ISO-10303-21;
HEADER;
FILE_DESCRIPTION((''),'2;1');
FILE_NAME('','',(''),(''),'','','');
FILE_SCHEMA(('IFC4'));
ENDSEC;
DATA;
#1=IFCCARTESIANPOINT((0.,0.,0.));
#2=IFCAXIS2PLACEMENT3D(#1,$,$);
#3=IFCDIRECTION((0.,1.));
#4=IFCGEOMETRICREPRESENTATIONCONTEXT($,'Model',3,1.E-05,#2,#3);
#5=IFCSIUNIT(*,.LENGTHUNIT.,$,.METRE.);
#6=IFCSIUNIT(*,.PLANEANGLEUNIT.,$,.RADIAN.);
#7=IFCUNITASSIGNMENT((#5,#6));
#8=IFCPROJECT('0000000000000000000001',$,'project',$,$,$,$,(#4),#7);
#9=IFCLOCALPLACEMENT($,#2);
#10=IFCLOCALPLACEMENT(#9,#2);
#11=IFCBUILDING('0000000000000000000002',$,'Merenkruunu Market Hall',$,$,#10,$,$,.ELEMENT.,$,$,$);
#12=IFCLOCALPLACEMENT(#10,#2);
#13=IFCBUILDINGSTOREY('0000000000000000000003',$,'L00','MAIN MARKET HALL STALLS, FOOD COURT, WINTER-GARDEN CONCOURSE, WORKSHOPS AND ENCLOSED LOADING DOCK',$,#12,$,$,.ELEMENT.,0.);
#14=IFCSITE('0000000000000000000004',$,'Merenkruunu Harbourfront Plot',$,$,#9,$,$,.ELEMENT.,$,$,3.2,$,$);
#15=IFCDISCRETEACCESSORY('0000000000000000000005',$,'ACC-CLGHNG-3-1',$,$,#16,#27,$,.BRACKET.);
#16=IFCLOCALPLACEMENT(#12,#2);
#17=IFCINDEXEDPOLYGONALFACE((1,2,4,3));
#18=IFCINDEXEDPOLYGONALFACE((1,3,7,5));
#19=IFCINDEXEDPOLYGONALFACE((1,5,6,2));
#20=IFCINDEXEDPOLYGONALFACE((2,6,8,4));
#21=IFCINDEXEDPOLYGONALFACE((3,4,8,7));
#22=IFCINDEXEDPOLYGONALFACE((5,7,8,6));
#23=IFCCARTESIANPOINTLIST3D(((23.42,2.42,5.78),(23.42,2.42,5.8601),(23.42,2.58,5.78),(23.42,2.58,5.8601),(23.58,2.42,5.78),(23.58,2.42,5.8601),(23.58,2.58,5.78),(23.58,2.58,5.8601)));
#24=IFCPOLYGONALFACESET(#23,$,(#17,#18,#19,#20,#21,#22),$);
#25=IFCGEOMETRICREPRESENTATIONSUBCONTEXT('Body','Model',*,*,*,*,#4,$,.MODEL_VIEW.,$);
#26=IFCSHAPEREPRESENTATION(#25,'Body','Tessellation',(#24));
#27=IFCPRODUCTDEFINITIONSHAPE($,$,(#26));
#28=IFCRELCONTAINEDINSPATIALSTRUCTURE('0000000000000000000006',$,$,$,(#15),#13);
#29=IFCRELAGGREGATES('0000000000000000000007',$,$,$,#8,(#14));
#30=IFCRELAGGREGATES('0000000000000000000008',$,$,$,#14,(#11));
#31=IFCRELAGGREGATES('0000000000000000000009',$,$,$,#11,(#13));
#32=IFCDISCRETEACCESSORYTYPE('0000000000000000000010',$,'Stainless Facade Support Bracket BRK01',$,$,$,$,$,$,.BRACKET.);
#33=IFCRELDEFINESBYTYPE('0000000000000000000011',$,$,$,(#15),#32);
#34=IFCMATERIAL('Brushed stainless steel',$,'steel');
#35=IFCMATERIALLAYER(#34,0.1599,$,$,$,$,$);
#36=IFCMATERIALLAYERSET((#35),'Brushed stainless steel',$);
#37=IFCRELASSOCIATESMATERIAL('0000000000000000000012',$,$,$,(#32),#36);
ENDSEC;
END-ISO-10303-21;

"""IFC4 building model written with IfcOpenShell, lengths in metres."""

from ifc_helpers import new_model, si_unit, direction, frame, origin, origin_2d, place, context, subcontext, project, spatial, rectangle, extrude, material, layer, layer_set, type_object, element, save


model = new_model("IFC4")

# Units and contexts
model_context = context("Model", 3, precision=1e-05, world=origin(), true_north=direction((0.0, 1.0)))
body_context = subcontext(model_context, "Body", "Model", "MODEL_VIEW")
ifc_project = project(units=[si_unit("LENGTHUNIT", "METRE"), si_unit("PLANEANGLEUNIT", "RADIAN")], contexts=[model_context])

# Site, building, storey
site_placement = place(None, origin())
site = spatial("IfcSite", under=ifc_project, at=site_placement, Name="Merenkruunu Harbourfront Plot", CompositionType="ELEMENT", RefElevation=3.2)
building_placement = place(site_placement, origin())
building = spatial("IfcBuilding", under=site, at=building_placement, Name="Merenkruunu Market Hall", CompositionType="ELEMENT")
storey_placement = place(building_placement, origin())
storey = spatial("IfcBuildingStorey", under=building, at=storey_placement, Name="L00", Description="MAIN MARKET HALL STALLS, FOOD COURT, WINTER-GARDEN CONCOURSE, WORKSHOPS AND ENCLOSED LOADING DOCK", CompositionType="ELEMENT", Elevation=0.0)

# Shared definitions
ifc_material_1 = material(Name="Brushed stainless steel", Category="steel")

# Discrete accessory
ifc_layer_1 = layer(ifc_material_1, 0.1599)
ifc_layer_set_1 = layer_set([ifc_layer_1], Name="Brushed stainless steel")
discrete_accessory_type = type_object("IfcDiscreteAccessoryType", Name="Stainless Facade Support Bracket BRK01", PredefinedType="BRACKET", material=ifc_layer_set_1)
discrete_accessory_1_placement = place(storey_placement, frame((23.5, 2.5, 5.78), z_axis=(0.0, 0.0, 1.0), x_axis=(1.0, 0.0, 0.0)))
element("IfcDiscreteAccessory", 1, at=discrete_accessory_1_placement, inside=storey, type_object=discrete_accessory_type, Name="ACC-CLGHNG-3-1", PredefinedType="BRACKET", context=body_context, shape_type="SweptSolid", body=[
    extrude(rectangle(XDim=0.1599, YDim=0.1599, at=origin_2d()), origin(), (0.0, 0.0, 1.0), 0.0801),
])

save(model, "model.ifc")
